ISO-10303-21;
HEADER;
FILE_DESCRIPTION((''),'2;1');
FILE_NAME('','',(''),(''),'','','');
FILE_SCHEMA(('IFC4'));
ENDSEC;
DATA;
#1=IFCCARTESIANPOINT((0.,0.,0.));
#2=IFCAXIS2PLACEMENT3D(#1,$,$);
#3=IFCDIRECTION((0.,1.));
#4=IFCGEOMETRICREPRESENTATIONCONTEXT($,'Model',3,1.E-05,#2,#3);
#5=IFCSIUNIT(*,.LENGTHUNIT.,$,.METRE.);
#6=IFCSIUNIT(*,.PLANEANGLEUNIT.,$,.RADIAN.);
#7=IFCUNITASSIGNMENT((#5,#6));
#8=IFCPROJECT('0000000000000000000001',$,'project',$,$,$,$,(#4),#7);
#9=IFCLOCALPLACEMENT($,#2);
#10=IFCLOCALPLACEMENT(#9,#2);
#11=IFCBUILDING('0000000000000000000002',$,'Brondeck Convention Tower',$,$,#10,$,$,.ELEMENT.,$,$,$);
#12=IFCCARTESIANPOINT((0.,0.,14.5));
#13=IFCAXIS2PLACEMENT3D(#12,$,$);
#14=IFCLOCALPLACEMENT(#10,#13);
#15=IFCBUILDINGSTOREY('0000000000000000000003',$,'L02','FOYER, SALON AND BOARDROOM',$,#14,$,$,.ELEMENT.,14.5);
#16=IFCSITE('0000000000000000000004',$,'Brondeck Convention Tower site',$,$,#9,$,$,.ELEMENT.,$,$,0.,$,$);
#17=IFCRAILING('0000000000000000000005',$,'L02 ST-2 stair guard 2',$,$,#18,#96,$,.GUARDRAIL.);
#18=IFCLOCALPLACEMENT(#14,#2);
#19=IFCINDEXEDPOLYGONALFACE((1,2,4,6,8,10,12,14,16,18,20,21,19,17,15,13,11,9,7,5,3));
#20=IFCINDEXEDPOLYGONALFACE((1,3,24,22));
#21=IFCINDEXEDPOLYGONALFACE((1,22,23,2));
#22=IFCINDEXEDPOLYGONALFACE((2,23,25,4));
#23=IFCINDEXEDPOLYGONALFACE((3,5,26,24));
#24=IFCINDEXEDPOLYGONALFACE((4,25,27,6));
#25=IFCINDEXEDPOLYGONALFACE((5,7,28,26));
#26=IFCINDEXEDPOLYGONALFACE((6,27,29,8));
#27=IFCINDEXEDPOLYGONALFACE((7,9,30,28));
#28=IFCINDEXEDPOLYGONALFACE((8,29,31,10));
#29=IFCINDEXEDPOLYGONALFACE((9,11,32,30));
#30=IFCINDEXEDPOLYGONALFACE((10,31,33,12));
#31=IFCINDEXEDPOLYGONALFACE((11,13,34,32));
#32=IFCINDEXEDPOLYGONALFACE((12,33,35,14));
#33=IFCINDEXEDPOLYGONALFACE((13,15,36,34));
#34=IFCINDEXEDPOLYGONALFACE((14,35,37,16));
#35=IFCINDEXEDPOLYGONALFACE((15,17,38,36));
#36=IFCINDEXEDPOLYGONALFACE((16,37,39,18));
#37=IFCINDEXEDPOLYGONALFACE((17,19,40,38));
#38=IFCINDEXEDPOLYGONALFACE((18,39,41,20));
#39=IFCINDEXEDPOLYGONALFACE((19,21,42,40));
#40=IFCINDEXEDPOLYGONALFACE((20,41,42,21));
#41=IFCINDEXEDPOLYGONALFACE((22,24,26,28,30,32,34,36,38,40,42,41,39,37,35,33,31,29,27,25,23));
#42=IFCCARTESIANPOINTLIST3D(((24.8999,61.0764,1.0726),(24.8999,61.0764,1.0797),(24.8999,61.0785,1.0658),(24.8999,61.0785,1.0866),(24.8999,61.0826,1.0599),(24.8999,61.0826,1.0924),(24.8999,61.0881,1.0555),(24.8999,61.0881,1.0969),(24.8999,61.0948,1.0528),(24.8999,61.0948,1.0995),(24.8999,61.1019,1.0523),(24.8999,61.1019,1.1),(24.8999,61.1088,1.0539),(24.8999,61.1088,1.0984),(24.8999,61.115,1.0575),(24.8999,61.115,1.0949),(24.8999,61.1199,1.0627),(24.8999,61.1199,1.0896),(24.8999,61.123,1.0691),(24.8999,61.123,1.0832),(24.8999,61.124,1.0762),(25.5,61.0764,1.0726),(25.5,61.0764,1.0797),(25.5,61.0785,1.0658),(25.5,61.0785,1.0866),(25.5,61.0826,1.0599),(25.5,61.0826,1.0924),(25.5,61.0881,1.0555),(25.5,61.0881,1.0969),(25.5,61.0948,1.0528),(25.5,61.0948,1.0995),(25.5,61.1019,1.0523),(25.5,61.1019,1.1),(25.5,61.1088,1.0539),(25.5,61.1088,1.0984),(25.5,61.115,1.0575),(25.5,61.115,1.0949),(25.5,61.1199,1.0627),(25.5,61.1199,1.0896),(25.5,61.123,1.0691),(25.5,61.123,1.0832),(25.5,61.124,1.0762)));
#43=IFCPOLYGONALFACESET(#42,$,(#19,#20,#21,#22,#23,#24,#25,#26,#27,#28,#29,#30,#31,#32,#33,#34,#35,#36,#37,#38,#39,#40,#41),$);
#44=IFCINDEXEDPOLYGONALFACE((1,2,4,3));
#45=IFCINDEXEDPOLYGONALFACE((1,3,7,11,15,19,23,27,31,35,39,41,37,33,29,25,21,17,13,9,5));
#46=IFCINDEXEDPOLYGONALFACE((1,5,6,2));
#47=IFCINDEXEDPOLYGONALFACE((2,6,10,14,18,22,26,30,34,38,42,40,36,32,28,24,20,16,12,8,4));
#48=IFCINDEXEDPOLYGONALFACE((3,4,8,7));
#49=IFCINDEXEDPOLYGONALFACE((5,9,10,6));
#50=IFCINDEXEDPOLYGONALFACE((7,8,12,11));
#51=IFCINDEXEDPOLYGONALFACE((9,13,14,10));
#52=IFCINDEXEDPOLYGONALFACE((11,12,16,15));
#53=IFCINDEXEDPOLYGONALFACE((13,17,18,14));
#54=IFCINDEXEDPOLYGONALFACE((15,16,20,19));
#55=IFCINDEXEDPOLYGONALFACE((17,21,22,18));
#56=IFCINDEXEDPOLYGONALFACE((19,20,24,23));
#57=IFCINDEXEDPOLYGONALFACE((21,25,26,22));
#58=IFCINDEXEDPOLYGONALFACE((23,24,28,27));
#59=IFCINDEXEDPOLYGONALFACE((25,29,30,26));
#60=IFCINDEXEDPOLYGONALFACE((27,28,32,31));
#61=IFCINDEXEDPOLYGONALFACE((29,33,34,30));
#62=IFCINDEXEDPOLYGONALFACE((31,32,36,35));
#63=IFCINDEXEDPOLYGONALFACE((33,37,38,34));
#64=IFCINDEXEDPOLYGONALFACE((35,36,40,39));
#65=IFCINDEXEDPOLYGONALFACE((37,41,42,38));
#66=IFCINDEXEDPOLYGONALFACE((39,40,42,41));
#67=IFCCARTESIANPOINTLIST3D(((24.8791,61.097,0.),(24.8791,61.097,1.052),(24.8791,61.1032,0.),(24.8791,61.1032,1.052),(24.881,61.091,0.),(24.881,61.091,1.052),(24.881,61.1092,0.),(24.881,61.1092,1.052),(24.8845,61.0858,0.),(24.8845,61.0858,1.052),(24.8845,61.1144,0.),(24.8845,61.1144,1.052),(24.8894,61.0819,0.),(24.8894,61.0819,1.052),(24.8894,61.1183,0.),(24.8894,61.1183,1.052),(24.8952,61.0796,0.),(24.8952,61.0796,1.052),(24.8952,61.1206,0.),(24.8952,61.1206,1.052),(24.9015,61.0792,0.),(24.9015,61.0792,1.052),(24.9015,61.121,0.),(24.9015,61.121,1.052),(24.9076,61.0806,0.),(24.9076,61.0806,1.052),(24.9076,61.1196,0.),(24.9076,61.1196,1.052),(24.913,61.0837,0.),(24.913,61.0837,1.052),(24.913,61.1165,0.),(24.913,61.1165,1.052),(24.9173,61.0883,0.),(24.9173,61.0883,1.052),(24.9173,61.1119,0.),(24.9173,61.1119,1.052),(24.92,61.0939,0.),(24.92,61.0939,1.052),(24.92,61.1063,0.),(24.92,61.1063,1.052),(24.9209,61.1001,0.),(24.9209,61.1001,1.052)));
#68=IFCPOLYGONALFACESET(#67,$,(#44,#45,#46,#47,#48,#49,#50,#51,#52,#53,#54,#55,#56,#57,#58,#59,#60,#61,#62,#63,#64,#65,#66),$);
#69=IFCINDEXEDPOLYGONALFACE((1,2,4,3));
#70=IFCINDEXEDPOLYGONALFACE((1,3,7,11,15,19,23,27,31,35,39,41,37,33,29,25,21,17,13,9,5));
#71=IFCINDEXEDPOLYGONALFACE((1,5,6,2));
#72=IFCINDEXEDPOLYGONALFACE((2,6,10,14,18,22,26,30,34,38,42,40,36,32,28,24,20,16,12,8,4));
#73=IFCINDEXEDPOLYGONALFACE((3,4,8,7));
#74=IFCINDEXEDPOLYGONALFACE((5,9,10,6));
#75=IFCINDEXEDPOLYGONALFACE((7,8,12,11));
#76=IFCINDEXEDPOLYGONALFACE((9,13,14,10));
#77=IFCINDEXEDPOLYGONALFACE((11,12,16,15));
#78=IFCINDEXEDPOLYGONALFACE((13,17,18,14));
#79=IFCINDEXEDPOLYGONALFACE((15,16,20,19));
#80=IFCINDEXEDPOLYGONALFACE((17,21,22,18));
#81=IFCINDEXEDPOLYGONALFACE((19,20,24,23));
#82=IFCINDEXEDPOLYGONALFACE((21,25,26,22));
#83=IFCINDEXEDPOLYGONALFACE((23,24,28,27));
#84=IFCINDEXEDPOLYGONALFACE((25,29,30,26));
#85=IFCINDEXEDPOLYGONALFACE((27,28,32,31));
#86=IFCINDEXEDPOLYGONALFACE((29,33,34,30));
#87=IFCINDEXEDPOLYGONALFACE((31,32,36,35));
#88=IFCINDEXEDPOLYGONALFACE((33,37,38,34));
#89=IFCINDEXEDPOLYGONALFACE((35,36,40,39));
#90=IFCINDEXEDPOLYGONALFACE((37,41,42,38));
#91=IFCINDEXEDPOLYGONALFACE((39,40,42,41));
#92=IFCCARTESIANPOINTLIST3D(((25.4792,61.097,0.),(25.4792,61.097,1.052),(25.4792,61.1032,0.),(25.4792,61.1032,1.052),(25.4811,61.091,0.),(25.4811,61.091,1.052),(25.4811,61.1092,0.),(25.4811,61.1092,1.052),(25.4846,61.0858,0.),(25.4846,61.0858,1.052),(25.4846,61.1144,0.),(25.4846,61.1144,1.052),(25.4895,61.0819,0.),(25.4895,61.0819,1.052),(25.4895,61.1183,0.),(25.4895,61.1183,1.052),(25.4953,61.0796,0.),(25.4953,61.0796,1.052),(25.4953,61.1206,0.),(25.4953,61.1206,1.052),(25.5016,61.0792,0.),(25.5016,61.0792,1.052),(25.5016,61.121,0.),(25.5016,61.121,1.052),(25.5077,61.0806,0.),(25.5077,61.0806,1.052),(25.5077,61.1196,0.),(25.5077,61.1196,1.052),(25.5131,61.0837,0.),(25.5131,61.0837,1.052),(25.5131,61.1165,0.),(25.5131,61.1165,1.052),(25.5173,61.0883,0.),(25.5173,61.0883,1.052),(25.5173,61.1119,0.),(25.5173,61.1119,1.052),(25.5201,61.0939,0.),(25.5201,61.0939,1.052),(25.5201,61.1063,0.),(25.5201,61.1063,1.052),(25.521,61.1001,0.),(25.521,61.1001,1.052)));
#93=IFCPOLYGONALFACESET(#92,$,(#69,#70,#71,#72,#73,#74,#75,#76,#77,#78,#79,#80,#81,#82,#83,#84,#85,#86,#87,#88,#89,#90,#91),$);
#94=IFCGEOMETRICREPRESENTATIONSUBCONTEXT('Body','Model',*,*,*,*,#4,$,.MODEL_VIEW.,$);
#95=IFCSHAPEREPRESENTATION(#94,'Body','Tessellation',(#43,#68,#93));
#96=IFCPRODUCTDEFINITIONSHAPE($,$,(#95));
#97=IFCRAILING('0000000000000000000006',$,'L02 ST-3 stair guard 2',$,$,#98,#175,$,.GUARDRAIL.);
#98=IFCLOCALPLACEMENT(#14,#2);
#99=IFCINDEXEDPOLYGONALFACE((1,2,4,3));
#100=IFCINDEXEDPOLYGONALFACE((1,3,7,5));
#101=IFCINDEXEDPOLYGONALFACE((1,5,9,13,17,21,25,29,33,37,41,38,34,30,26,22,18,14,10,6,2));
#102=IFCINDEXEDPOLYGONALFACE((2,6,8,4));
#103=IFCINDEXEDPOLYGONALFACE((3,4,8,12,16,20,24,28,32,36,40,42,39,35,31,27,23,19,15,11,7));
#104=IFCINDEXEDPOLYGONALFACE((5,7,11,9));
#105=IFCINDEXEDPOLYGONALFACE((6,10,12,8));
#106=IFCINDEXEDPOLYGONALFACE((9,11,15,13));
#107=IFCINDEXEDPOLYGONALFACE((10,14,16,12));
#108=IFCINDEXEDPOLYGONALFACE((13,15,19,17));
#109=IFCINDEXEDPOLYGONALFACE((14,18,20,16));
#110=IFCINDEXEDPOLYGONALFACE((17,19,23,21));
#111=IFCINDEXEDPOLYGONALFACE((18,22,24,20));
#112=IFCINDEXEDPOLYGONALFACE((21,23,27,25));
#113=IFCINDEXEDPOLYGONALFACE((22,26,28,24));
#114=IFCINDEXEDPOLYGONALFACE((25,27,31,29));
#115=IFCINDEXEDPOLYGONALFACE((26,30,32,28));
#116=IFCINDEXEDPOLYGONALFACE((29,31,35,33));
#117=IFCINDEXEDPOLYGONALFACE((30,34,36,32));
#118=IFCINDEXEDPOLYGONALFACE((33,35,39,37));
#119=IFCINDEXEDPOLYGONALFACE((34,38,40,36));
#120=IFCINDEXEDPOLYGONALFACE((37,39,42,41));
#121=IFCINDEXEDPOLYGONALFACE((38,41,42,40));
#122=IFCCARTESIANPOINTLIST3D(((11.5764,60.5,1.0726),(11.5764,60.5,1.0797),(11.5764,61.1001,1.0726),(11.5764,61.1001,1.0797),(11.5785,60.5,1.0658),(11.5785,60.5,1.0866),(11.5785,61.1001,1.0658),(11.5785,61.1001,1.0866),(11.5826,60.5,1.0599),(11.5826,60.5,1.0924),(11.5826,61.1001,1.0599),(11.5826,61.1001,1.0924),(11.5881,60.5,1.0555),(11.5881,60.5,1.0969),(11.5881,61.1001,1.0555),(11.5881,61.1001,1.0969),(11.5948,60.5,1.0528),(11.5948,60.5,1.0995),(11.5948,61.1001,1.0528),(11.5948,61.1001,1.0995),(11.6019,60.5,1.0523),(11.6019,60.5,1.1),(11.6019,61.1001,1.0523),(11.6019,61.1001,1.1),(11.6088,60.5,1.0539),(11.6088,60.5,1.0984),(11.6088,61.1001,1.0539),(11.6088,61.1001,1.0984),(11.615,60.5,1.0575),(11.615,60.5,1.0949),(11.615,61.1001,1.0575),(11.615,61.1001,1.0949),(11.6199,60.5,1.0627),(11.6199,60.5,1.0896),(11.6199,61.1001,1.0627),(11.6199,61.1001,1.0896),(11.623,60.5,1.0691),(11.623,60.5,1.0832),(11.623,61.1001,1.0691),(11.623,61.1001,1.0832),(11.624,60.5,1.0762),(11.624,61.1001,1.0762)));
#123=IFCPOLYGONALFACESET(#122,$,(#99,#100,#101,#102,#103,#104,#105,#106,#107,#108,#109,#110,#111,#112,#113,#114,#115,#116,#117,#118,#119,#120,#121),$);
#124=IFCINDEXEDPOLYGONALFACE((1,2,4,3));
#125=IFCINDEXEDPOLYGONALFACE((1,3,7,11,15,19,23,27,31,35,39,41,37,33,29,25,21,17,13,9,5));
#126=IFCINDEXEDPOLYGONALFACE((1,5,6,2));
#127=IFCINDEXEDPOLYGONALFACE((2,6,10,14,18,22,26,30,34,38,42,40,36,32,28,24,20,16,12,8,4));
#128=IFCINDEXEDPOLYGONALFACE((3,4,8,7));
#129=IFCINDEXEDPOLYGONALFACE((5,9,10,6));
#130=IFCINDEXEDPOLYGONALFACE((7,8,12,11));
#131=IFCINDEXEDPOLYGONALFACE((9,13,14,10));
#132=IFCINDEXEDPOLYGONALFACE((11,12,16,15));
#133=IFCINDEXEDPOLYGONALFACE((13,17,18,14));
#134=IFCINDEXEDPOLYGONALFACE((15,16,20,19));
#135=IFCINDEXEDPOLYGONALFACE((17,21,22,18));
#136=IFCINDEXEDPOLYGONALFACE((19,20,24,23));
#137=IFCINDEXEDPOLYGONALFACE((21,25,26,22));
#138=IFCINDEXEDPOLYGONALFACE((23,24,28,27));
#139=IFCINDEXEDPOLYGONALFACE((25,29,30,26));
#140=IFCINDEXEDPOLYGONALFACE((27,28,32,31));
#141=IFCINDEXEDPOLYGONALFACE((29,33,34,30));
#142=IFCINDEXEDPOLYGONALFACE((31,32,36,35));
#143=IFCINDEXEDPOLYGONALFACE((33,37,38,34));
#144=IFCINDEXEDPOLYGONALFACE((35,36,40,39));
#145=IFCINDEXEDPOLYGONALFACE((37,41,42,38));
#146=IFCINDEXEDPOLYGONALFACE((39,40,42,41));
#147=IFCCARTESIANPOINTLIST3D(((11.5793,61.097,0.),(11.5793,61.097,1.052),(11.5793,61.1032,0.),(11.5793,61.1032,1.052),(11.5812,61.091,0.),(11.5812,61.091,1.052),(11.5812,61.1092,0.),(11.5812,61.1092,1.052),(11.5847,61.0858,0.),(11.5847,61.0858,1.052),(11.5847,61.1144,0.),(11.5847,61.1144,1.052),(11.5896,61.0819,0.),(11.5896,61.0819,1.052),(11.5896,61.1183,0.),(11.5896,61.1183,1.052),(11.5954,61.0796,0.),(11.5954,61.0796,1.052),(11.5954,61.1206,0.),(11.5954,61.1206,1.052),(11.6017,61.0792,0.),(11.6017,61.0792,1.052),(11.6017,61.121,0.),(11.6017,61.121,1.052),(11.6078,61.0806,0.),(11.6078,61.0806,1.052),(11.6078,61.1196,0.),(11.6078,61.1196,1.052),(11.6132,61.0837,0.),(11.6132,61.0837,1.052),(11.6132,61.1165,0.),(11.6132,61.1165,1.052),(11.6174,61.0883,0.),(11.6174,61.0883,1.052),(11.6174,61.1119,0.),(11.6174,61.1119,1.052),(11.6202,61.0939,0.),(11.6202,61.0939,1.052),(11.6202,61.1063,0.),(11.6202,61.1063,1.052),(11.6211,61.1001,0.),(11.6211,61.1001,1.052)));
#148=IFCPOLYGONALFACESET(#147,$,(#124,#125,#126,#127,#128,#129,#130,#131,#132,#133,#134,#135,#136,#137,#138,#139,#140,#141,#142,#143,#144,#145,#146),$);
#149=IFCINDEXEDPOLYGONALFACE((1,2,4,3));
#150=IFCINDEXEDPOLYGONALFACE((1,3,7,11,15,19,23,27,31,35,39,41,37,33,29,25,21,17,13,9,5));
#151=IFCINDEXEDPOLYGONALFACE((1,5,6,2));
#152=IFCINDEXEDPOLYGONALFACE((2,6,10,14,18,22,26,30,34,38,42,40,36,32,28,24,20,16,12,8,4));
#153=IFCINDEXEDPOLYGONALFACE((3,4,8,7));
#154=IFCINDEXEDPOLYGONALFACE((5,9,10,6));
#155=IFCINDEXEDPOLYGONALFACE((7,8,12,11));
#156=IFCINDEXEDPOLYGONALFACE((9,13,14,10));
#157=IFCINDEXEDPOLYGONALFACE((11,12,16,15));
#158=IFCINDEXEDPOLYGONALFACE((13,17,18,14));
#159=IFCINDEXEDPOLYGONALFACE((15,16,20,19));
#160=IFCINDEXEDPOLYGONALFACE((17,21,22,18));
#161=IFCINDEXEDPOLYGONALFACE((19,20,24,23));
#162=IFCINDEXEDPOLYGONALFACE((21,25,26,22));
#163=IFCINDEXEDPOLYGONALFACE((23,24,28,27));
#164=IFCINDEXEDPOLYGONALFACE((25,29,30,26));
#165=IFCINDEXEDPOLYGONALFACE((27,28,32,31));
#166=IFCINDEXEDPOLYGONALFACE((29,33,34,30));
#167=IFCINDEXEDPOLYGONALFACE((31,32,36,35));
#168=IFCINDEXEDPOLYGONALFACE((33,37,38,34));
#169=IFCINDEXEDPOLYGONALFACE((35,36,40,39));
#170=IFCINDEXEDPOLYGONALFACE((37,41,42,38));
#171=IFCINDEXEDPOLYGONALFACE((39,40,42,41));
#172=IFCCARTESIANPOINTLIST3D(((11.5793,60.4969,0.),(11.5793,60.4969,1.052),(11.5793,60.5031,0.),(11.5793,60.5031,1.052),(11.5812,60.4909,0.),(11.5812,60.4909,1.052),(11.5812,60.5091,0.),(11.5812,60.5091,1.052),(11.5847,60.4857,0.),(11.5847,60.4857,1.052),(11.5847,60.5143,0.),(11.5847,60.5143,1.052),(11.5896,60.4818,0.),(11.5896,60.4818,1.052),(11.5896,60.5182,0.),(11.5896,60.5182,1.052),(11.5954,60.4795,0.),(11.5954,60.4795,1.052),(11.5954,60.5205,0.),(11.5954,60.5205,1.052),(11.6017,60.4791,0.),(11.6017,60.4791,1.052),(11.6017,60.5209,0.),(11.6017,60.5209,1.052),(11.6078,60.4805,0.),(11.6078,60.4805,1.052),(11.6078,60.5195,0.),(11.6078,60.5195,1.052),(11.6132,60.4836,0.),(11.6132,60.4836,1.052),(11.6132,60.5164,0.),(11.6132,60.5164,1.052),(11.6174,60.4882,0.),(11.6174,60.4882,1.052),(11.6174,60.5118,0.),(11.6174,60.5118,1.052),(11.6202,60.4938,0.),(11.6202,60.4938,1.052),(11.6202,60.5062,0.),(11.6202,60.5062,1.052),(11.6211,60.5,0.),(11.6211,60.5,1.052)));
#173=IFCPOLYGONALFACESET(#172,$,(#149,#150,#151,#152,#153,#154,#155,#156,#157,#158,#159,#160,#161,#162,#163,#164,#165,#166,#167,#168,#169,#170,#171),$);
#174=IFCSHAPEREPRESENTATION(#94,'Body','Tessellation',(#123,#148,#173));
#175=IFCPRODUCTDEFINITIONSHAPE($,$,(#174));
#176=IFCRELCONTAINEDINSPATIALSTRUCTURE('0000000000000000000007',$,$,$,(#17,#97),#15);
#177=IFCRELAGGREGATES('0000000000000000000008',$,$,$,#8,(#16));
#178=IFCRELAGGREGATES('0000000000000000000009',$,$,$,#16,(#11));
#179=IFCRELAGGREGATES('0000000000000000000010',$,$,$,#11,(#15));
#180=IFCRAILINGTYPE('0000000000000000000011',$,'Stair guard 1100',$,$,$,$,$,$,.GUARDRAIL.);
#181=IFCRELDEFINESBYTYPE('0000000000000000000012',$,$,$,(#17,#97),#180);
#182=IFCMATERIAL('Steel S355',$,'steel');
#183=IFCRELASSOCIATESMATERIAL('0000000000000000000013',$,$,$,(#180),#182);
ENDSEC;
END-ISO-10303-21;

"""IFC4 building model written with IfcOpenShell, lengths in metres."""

from ifc_helpers import new_model, si_unit, direction, frame, origin, origin_2d, place, context, subcontext, project, spatial, circle, extrude, material, type_object, element, save


model = new_model("IFC4")

# Units and contexts
model_context = context("Model", 3, precision=1e-05, world=origin(), true_north=direction((0.0, 1.0)))
body_context = subcontext(model_context, "Body", "Model", "MODEL_VIEW")
ifc_project = project(units=[si_unit("LENGTHUNIT", "METRE"), si_unit("PLANEANGLEUNIT", "RADIAN")], contexts=[model_context])

# Site, building, storey
site_placement = place(None, origin())
site = spatial("IfcSite", under=ifc_project, at=site_placement, Name="Brondeck Convention Tower site", CompositionType="ELEMENT", RefElevation=0.0)
building_placement = place(site_placement, origin())
building = spatial("IfcBuilding", under=site, at=building_placement, Name="Brondeck Convention Tower", CompositionType="ELEMENT")
storey_placement = place(building_placement, frame((0.0, 0.0, 14.5)))
storey = spatial("IfcBuildingStorey", under=building, at=storey_placement, Name="L02", Description="FOYER, SALON AND BOARDROOM", CompositionType="ELEMENT", Elevation=14.5)

# Railings
ifc_material_1 = material(Name="Steel S355", Category="steel")
railing_type_1 = type_object("IfcRailingType", Name="Stair guard 1100", PredefinedType="GUARDRAIL", material=ifc_material_1)
railing_1_placement = place(storey_placement, frame((24.8999, 61.1001, 0.0)))
element("IfcRailing", 1, at=railing_1_placement, inside=storey, type_object=railing_type_1, Name="L02 ST-2 stair guard 2", PredefinedType="GUARDRAIL", context=body_context, shape_type="SweptSolid", body=[
    extrude(circle(Radius=0.0239, at=origin_2d()), frame((0.0, 0.0, 1.0762), z_axis=(1.0, 0.0, 0.0), x_axis=(0.0, 1.0, 0.0)), (0.0, 0.0, 1.0), 0.6001),
    extrude(circle(Radius=0.021, at=origin_2d()), origin(), (0.0, 0.0, 1.0), 1.052),
    extrude(circle(Radius=0.021, at=origin_2d()), frame((0.6001, 0.0, 0.0)), (0.0, 0.0, 1.0), 1.052),
])
railing_2_placement = place(storey_placement, frame((11.6001, 61.1001, 0.0)))
element("IfcRailing", 2, at=railing_2_placement, inside=storey, type_object=railing_type_1, Name="L02 ST-3 stair guard 2", PredefinedType="GUARDRAIL", context=body_context, shape_type="SweptSolid", body=[
    extrude(circle(Radius=0.0239, at=origin_2d()), frame((0.0, 0.0, 1.0762), z_axis=(0.0, -1.0, 0.0), x_axis=(1.0, 0.0, 0.0)), (0.0, 0.0, 1.0), 0.6001),
    extrude(circle(Radius=0.021, at=origin_2d()), origin(), (0.0, 0.0, 1.0), 1.052),
    extrude(circle(Radius=0.021, at=origin_2d()), frame((0.0, -0.6001, 0.0)), (0.0, 0.0, 1.0), 1.052),
])

save(model, "model.ifc")
